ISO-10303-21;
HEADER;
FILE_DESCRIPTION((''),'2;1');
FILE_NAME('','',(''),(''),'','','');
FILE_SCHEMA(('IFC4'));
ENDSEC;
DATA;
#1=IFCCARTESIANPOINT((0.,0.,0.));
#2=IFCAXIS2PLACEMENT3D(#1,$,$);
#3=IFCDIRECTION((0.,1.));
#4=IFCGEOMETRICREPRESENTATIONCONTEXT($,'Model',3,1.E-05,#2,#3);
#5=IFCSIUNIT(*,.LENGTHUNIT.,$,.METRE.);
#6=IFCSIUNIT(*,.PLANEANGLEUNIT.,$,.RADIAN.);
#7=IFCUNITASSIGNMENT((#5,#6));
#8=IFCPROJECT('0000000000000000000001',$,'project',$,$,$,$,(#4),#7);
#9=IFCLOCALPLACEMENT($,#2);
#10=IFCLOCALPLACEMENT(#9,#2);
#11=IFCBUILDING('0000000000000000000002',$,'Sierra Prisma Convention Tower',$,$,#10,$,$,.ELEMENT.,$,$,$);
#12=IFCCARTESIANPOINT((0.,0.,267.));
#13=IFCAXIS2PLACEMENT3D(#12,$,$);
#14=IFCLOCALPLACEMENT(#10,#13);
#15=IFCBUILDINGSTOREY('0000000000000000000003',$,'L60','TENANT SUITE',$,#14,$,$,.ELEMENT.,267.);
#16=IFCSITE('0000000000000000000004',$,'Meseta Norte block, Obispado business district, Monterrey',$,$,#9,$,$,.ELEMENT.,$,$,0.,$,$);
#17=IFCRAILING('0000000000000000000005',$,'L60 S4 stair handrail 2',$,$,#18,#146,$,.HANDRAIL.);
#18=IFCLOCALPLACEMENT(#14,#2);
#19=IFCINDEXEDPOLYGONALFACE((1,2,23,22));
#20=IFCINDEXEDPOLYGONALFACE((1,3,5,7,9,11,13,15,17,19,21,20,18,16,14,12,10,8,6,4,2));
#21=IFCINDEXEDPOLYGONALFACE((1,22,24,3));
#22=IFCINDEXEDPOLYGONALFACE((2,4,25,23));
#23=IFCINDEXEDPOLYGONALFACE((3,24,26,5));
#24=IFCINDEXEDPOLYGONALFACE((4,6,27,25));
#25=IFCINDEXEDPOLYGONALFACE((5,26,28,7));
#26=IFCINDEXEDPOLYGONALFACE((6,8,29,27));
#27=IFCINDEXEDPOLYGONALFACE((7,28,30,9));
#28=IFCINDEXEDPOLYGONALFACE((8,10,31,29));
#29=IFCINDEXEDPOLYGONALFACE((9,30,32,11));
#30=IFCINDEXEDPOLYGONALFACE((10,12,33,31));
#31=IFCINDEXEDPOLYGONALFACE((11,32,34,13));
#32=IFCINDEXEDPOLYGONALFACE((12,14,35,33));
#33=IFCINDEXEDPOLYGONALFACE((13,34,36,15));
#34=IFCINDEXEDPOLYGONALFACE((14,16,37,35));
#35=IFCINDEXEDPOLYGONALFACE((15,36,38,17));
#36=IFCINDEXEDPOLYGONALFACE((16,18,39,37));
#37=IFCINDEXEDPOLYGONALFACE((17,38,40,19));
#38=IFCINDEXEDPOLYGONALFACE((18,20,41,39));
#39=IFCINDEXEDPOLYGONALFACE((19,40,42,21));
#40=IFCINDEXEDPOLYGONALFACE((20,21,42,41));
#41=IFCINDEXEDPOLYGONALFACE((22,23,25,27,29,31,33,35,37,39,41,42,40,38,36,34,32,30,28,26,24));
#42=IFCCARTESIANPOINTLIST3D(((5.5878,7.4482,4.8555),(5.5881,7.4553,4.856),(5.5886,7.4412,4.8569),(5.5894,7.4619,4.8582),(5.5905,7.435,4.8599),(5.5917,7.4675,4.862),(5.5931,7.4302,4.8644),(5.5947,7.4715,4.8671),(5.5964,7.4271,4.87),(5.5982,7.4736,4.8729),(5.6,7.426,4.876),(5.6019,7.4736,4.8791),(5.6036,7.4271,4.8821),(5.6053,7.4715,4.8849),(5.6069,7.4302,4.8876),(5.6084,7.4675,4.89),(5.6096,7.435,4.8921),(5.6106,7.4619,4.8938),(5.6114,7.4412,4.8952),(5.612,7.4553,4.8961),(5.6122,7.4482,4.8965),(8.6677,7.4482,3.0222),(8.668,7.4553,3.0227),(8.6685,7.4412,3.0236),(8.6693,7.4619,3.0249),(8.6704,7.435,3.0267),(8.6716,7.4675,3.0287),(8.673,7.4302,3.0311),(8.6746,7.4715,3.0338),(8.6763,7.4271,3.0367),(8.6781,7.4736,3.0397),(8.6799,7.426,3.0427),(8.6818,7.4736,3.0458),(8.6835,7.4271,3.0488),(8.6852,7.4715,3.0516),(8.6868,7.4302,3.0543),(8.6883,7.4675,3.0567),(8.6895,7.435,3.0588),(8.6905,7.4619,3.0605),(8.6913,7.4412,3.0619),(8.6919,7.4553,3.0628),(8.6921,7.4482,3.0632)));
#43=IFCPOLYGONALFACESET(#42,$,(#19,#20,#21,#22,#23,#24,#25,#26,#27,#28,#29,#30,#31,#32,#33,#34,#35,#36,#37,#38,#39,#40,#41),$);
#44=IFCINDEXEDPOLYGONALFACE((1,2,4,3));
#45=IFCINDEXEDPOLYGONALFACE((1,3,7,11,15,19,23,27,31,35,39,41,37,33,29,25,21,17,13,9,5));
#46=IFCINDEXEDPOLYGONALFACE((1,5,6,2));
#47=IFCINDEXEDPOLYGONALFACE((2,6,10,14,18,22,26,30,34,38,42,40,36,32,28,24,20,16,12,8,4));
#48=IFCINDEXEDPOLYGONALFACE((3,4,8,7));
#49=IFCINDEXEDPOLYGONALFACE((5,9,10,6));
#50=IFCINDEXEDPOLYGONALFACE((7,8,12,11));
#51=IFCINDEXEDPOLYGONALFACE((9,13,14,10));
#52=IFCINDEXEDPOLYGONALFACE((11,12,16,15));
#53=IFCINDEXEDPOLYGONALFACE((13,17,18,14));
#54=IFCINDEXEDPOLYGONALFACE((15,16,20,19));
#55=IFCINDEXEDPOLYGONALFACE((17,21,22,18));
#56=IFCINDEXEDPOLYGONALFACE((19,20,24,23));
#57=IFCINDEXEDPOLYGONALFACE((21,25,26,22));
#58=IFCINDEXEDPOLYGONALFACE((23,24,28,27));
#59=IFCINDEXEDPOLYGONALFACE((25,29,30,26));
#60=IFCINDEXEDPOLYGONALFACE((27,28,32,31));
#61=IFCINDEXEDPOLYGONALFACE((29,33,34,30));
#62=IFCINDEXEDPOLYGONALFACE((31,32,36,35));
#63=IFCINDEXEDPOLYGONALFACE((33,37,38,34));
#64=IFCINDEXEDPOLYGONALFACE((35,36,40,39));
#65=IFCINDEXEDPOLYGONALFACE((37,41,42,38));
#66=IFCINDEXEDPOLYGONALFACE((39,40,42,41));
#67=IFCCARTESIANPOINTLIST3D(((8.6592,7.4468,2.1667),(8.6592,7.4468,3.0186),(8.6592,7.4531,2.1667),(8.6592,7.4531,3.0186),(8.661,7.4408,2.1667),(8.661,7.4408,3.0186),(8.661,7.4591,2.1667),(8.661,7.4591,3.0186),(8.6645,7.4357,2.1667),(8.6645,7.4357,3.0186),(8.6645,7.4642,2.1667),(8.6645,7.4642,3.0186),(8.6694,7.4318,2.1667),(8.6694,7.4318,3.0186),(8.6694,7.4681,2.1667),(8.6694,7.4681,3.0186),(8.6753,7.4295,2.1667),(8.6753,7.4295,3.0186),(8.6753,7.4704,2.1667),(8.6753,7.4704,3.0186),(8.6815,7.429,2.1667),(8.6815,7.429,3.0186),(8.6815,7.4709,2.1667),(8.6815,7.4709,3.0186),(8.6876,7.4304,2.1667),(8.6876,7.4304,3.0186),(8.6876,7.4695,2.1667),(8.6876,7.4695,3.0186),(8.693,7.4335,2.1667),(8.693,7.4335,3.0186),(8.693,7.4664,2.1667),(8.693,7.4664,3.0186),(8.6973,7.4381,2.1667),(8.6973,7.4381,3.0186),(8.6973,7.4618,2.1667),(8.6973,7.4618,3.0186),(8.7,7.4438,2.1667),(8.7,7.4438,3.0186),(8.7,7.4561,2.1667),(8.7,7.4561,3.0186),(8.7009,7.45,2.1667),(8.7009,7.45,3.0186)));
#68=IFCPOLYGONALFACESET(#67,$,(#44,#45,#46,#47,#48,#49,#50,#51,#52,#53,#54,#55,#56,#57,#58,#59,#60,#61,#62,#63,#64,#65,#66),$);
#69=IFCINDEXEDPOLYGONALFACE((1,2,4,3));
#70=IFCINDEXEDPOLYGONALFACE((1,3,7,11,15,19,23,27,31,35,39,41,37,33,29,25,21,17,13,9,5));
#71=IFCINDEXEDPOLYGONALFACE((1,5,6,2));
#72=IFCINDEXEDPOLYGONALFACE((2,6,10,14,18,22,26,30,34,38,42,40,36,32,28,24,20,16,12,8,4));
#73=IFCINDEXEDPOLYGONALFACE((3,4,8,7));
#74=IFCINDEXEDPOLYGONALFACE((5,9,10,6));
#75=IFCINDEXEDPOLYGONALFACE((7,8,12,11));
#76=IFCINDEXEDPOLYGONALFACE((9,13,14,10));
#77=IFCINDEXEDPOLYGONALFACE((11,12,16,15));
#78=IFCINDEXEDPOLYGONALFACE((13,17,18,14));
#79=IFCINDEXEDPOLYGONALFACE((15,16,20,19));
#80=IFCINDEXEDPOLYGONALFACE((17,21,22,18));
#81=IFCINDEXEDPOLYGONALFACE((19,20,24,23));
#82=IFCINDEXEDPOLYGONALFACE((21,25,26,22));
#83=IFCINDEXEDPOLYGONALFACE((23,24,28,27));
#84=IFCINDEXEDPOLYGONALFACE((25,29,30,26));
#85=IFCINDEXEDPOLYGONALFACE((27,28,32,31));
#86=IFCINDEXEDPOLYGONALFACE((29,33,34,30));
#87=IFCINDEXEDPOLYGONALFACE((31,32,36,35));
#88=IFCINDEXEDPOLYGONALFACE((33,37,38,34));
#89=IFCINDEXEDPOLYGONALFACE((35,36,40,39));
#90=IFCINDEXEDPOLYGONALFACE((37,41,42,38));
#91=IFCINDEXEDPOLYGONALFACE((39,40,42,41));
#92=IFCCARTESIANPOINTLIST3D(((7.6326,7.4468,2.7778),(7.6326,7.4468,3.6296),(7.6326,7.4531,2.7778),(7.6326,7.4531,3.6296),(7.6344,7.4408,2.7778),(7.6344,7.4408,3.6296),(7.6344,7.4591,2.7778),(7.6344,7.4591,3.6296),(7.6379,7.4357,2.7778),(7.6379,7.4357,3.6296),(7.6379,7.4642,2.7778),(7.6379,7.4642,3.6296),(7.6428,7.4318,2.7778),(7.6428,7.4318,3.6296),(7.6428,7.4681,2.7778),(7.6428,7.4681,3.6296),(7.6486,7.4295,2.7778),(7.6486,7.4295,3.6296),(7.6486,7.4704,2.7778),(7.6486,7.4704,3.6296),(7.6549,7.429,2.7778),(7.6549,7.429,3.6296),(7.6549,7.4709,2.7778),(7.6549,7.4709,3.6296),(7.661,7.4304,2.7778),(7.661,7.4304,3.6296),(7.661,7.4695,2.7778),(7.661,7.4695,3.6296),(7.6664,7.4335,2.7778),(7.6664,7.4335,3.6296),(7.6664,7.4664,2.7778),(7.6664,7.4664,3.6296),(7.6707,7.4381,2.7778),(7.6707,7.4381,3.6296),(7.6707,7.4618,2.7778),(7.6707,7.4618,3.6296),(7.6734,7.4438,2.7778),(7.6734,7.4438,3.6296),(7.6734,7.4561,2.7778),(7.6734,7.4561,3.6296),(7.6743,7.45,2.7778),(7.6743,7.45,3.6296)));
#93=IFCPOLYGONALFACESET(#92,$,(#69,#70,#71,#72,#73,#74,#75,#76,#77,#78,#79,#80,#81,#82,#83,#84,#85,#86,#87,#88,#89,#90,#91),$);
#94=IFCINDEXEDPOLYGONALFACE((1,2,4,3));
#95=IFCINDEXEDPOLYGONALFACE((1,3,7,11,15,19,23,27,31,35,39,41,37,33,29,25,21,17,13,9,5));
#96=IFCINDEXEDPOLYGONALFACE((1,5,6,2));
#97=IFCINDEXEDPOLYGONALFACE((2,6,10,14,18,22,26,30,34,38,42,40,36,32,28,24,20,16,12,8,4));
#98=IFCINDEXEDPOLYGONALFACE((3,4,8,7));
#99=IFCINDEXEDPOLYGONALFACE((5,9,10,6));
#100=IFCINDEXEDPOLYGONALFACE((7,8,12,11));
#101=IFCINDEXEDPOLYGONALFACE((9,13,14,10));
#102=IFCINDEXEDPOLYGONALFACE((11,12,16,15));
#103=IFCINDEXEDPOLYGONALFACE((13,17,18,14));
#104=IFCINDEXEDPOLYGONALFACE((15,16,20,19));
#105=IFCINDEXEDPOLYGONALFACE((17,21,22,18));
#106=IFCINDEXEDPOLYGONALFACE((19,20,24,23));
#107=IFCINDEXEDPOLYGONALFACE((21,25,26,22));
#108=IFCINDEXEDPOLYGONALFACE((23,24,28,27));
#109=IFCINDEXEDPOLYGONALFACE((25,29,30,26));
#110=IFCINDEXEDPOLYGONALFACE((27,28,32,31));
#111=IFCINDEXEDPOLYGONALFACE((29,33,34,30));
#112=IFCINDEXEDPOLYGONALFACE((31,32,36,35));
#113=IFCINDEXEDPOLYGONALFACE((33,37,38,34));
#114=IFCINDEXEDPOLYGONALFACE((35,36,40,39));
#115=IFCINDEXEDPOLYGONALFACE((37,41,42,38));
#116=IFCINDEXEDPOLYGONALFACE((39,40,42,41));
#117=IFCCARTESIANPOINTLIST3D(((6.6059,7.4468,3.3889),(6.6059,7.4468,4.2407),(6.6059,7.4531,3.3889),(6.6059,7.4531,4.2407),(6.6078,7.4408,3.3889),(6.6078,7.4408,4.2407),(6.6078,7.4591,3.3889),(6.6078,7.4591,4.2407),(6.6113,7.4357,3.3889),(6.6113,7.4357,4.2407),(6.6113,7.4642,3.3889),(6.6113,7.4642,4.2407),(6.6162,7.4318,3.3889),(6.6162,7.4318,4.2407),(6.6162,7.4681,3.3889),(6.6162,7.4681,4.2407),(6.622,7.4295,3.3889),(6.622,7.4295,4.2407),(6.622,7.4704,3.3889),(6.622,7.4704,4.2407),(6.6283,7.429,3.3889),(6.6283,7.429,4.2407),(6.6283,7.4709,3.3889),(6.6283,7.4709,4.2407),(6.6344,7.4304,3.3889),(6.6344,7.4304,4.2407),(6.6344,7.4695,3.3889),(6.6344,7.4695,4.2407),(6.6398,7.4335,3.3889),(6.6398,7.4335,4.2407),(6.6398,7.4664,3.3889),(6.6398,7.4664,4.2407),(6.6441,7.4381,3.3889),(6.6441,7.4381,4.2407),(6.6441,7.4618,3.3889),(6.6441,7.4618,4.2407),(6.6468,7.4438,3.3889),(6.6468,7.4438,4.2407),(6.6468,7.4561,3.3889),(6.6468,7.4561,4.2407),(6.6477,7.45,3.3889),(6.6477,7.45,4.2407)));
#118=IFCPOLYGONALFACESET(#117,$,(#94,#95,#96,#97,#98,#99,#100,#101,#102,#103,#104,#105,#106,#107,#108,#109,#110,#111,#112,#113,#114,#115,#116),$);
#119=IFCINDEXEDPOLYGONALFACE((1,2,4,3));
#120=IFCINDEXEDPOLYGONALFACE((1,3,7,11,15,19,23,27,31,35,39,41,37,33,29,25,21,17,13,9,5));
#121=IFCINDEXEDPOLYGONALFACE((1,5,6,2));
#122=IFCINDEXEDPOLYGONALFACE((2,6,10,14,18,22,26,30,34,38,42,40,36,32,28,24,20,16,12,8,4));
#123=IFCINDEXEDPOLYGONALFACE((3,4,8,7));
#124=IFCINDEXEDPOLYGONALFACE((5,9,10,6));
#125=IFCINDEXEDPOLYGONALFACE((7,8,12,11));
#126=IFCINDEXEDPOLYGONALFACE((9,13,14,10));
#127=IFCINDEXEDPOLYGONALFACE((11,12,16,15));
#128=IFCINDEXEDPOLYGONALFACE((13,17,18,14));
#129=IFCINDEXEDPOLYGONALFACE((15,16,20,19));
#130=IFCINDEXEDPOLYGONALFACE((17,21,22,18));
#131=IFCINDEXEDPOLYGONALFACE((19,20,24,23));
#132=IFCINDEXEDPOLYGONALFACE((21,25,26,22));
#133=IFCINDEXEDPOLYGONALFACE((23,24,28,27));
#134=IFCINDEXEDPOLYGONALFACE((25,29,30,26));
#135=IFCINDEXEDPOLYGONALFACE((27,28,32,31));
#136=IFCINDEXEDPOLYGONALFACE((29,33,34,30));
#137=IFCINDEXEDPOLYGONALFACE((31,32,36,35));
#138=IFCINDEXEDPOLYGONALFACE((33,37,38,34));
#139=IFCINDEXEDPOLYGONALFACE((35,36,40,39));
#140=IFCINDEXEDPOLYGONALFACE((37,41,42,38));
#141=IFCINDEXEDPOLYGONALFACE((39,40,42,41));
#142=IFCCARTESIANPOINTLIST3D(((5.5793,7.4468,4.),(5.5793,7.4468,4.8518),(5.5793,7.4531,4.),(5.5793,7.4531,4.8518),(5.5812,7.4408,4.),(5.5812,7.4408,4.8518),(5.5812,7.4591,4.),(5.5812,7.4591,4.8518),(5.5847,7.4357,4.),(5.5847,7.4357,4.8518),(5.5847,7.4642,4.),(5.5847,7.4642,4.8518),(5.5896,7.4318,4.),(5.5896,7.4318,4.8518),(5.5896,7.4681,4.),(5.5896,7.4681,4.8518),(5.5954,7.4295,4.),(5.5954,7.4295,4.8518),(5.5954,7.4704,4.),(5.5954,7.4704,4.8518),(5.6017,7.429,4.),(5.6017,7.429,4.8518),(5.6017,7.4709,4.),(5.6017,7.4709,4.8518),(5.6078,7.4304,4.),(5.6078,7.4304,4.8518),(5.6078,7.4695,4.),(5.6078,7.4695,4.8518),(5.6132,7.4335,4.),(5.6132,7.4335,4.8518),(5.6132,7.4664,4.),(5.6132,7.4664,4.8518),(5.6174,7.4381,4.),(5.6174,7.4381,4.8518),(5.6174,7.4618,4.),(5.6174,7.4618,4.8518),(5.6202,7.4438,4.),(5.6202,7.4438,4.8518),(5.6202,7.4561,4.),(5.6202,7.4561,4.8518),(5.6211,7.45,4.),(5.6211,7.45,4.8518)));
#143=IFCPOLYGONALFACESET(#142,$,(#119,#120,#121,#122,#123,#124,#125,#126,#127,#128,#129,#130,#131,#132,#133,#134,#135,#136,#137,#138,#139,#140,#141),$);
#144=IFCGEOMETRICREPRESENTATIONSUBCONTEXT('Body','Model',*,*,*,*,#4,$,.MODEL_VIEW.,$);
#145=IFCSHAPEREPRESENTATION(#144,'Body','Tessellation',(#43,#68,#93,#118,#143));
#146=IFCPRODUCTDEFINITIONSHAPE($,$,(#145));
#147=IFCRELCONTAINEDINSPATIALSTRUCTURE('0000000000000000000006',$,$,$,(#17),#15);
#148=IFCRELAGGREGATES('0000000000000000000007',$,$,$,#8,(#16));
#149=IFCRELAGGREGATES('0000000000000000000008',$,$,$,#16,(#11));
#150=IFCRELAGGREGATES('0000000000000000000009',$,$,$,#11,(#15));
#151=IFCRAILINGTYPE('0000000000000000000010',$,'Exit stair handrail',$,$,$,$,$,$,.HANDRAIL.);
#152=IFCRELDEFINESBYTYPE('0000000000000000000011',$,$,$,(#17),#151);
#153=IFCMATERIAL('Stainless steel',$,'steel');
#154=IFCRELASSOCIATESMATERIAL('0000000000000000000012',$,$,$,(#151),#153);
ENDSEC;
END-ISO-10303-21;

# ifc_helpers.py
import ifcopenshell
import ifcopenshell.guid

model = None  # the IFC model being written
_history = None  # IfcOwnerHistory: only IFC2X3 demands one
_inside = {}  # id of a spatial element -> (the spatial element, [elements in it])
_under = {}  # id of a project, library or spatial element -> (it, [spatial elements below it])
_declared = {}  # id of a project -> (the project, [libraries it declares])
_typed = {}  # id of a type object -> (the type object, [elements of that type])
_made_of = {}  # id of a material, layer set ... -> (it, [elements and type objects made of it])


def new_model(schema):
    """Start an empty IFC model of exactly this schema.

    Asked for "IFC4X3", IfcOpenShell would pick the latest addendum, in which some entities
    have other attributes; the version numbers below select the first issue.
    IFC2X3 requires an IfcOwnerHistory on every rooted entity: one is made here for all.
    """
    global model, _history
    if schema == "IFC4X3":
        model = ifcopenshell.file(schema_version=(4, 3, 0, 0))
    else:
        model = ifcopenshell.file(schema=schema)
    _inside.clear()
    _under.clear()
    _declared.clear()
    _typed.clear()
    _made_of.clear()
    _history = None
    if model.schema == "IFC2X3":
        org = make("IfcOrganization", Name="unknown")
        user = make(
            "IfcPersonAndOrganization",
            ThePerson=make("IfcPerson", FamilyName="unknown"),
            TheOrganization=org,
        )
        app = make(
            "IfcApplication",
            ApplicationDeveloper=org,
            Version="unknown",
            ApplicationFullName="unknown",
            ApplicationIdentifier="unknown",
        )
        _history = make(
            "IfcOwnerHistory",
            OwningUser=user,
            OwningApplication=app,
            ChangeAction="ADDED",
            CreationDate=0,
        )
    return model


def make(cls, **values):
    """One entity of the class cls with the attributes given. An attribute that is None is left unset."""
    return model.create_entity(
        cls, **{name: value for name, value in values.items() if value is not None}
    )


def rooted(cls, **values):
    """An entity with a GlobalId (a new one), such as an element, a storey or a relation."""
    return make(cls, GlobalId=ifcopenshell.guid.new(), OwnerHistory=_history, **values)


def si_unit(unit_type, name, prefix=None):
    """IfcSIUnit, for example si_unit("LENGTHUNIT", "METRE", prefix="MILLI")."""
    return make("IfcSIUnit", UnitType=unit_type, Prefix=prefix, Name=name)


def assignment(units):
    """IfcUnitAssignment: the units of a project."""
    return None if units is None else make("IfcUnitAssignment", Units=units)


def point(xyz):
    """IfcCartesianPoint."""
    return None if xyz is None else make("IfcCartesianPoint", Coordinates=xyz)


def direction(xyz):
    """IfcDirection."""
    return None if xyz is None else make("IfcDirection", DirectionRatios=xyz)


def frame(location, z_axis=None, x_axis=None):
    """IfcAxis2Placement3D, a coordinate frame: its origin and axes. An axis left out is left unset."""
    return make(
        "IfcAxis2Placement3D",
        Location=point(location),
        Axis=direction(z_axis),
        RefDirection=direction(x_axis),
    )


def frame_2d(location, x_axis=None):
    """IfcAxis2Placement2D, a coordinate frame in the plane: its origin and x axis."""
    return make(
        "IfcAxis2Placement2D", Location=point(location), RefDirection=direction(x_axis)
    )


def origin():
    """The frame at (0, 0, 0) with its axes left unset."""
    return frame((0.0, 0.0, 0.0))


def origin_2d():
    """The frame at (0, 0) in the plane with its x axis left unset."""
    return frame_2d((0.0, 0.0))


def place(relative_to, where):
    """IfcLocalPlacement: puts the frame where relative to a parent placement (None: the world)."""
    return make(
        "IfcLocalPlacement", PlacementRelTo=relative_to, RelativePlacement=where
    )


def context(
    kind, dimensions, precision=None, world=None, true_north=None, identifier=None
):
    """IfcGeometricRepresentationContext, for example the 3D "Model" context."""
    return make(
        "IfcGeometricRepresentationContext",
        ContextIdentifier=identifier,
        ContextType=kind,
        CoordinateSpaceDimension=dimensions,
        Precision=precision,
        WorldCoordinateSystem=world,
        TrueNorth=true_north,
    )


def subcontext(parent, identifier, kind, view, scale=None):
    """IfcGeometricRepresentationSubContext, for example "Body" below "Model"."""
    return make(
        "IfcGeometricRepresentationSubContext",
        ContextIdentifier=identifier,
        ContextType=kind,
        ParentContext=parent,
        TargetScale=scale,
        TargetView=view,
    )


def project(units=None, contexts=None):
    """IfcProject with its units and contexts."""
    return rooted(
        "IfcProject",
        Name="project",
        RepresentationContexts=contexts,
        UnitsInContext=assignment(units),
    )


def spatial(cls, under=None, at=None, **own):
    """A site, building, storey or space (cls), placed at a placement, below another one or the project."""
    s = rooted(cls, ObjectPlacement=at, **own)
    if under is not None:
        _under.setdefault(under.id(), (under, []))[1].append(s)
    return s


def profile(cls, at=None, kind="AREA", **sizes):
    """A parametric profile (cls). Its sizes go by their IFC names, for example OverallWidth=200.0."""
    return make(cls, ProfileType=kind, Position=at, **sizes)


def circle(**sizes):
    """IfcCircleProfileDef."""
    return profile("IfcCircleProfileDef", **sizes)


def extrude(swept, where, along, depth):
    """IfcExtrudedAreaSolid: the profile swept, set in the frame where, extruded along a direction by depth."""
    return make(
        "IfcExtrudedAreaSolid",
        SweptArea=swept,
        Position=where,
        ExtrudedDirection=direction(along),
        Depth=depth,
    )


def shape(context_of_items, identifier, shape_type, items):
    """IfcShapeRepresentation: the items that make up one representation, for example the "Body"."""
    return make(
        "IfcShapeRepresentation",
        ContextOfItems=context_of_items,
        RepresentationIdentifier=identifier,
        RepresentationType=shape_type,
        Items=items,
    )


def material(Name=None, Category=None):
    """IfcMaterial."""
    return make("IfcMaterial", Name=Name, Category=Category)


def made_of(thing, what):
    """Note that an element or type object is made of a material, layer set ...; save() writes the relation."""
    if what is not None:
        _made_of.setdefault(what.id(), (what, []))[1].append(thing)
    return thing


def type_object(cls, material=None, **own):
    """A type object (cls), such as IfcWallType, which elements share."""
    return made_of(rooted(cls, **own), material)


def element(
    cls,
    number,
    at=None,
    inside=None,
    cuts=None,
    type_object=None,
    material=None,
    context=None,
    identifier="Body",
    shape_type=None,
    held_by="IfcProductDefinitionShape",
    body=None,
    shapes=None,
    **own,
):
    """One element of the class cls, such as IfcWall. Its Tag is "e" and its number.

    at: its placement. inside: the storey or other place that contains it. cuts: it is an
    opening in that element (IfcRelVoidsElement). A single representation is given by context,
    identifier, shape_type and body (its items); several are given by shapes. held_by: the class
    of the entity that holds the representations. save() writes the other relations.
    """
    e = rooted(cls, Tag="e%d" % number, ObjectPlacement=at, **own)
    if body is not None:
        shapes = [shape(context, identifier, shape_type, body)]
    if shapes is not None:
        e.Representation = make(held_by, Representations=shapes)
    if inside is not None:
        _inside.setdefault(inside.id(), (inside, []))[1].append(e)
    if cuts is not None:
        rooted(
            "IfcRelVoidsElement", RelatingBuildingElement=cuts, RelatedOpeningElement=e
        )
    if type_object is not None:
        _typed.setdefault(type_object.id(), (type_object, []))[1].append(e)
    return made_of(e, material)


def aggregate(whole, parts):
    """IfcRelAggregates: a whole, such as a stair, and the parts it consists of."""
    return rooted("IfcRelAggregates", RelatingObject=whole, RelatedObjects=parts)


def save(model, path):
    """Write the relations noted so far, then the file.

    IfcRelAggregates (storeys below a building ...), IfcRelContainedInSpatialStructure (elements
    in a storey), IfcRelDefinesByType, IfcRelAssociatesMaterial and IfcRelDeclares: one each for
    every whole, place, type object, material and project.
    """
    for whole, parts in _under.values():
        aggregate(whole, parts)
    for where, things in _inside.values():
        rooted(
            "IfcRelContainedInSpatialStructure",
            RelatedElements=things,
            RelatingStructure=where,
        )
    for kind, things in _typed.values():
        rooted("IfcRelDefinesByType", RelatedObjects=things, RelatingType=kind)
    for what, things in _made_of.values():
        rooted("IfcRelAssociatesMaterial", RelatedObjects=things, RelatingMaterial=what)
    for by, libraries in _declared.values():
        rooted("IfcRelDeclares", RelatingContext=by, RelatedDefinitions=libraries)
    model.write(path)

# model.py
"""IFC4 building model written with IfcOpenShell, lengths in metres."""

from ifc_helpers import new_model, si_unit, direction, frame, origin, origin_2d, place, context, subcontext, project, spatial, circle, extrude, material, type_object, element, save


model = new_model("IFC4")

# Units and contexts
model_context = context("Model", 3, precision=1e-05, world=origin(), true_north=direction((0.0, 1.0)))
body_context = subcontext(model_context, "Body", "Model", "MODEL_VIEW")
ifc_project = project(units=[si_unit("LENGTHUNIT", "METRE"), si_unit("PLANEANGLEUNIT", "RADIAN")], contexts=[model_context])

# Site, building, storey
site_placement = place(None, origin())
site = spatial("IfcSite", under=ifc_project, at=site_placement, Name="Meseta Norte block, Obispado business district, Monterrey", CompositionType="ELEMENT", RefElevation=0.0)
building_placement = place(site_placement, origin())
building = spatial("IfcBuilding", under=site, at=building_placement, Name="Sierra Prisma Convention Tower", CompositionType="ELEMENT")
storey_placement = place(building_placement, frame((0.0, 0.0, 267.0)))
storey = spatial("IfcBuildingStorey", under=building, at=storey_placement, Name="L60", Description="TENANT SUITE", CompositionType="ELEMENT", Elevation=267.0)

# Railing
ifc_material_1 = material(Name="Stainless steel", Category="steel")
railing_type_1 = type_object("IfcRailingType", Name="Exit stair handrail", PredefinedType="HANDRAIL", material=ifc_material_1)
railing_1_placement = place(storey_placement, frame((8.6799, 7.45, 2.1667)))
element("IfcRailing", 1, at=railing_1_placement, inside=storey, type_object=railing_type_1, Name="L60 S4 stair handrail 2", PredefinedType="HANDRAIL", context=body_context, shape_type="SweptSolid", body=[
    extrude(circle(Radius=0.0239, at=origin_2d()), frame((0.0, 0.0, 0.876), z_axis=(-0.859291, 0.0, 0.511487), x_axis=(0.0, -1.0, 0.0)), (0.0, 0.0, 1.0), 3.5842),
    extrude(circle(Radius=0.021, at=origin_2d()), origin(), (0.0, 0.0, 1.0), 0.8518),
    extrude(circle(Radius=0.021, at=origin_2d()), frame((-1.0266, 0.0, 0.6111)), (0.0, 0.0, 1.0), 0.8518),
    extrude(circle(Radius=0.021, at=origin_2d()), frame((-2.0532, 0.0, 1.2222)), (0.0, 0.0, 1.0), 0.8518),
    extrude(circle(Radius=0.021, at=origin_2d()), frame((-3.0798, 0.0, 1.8333)), (0.0, 0.0, 1.0), 0.8518),
])

save(model, "model.ifc")
